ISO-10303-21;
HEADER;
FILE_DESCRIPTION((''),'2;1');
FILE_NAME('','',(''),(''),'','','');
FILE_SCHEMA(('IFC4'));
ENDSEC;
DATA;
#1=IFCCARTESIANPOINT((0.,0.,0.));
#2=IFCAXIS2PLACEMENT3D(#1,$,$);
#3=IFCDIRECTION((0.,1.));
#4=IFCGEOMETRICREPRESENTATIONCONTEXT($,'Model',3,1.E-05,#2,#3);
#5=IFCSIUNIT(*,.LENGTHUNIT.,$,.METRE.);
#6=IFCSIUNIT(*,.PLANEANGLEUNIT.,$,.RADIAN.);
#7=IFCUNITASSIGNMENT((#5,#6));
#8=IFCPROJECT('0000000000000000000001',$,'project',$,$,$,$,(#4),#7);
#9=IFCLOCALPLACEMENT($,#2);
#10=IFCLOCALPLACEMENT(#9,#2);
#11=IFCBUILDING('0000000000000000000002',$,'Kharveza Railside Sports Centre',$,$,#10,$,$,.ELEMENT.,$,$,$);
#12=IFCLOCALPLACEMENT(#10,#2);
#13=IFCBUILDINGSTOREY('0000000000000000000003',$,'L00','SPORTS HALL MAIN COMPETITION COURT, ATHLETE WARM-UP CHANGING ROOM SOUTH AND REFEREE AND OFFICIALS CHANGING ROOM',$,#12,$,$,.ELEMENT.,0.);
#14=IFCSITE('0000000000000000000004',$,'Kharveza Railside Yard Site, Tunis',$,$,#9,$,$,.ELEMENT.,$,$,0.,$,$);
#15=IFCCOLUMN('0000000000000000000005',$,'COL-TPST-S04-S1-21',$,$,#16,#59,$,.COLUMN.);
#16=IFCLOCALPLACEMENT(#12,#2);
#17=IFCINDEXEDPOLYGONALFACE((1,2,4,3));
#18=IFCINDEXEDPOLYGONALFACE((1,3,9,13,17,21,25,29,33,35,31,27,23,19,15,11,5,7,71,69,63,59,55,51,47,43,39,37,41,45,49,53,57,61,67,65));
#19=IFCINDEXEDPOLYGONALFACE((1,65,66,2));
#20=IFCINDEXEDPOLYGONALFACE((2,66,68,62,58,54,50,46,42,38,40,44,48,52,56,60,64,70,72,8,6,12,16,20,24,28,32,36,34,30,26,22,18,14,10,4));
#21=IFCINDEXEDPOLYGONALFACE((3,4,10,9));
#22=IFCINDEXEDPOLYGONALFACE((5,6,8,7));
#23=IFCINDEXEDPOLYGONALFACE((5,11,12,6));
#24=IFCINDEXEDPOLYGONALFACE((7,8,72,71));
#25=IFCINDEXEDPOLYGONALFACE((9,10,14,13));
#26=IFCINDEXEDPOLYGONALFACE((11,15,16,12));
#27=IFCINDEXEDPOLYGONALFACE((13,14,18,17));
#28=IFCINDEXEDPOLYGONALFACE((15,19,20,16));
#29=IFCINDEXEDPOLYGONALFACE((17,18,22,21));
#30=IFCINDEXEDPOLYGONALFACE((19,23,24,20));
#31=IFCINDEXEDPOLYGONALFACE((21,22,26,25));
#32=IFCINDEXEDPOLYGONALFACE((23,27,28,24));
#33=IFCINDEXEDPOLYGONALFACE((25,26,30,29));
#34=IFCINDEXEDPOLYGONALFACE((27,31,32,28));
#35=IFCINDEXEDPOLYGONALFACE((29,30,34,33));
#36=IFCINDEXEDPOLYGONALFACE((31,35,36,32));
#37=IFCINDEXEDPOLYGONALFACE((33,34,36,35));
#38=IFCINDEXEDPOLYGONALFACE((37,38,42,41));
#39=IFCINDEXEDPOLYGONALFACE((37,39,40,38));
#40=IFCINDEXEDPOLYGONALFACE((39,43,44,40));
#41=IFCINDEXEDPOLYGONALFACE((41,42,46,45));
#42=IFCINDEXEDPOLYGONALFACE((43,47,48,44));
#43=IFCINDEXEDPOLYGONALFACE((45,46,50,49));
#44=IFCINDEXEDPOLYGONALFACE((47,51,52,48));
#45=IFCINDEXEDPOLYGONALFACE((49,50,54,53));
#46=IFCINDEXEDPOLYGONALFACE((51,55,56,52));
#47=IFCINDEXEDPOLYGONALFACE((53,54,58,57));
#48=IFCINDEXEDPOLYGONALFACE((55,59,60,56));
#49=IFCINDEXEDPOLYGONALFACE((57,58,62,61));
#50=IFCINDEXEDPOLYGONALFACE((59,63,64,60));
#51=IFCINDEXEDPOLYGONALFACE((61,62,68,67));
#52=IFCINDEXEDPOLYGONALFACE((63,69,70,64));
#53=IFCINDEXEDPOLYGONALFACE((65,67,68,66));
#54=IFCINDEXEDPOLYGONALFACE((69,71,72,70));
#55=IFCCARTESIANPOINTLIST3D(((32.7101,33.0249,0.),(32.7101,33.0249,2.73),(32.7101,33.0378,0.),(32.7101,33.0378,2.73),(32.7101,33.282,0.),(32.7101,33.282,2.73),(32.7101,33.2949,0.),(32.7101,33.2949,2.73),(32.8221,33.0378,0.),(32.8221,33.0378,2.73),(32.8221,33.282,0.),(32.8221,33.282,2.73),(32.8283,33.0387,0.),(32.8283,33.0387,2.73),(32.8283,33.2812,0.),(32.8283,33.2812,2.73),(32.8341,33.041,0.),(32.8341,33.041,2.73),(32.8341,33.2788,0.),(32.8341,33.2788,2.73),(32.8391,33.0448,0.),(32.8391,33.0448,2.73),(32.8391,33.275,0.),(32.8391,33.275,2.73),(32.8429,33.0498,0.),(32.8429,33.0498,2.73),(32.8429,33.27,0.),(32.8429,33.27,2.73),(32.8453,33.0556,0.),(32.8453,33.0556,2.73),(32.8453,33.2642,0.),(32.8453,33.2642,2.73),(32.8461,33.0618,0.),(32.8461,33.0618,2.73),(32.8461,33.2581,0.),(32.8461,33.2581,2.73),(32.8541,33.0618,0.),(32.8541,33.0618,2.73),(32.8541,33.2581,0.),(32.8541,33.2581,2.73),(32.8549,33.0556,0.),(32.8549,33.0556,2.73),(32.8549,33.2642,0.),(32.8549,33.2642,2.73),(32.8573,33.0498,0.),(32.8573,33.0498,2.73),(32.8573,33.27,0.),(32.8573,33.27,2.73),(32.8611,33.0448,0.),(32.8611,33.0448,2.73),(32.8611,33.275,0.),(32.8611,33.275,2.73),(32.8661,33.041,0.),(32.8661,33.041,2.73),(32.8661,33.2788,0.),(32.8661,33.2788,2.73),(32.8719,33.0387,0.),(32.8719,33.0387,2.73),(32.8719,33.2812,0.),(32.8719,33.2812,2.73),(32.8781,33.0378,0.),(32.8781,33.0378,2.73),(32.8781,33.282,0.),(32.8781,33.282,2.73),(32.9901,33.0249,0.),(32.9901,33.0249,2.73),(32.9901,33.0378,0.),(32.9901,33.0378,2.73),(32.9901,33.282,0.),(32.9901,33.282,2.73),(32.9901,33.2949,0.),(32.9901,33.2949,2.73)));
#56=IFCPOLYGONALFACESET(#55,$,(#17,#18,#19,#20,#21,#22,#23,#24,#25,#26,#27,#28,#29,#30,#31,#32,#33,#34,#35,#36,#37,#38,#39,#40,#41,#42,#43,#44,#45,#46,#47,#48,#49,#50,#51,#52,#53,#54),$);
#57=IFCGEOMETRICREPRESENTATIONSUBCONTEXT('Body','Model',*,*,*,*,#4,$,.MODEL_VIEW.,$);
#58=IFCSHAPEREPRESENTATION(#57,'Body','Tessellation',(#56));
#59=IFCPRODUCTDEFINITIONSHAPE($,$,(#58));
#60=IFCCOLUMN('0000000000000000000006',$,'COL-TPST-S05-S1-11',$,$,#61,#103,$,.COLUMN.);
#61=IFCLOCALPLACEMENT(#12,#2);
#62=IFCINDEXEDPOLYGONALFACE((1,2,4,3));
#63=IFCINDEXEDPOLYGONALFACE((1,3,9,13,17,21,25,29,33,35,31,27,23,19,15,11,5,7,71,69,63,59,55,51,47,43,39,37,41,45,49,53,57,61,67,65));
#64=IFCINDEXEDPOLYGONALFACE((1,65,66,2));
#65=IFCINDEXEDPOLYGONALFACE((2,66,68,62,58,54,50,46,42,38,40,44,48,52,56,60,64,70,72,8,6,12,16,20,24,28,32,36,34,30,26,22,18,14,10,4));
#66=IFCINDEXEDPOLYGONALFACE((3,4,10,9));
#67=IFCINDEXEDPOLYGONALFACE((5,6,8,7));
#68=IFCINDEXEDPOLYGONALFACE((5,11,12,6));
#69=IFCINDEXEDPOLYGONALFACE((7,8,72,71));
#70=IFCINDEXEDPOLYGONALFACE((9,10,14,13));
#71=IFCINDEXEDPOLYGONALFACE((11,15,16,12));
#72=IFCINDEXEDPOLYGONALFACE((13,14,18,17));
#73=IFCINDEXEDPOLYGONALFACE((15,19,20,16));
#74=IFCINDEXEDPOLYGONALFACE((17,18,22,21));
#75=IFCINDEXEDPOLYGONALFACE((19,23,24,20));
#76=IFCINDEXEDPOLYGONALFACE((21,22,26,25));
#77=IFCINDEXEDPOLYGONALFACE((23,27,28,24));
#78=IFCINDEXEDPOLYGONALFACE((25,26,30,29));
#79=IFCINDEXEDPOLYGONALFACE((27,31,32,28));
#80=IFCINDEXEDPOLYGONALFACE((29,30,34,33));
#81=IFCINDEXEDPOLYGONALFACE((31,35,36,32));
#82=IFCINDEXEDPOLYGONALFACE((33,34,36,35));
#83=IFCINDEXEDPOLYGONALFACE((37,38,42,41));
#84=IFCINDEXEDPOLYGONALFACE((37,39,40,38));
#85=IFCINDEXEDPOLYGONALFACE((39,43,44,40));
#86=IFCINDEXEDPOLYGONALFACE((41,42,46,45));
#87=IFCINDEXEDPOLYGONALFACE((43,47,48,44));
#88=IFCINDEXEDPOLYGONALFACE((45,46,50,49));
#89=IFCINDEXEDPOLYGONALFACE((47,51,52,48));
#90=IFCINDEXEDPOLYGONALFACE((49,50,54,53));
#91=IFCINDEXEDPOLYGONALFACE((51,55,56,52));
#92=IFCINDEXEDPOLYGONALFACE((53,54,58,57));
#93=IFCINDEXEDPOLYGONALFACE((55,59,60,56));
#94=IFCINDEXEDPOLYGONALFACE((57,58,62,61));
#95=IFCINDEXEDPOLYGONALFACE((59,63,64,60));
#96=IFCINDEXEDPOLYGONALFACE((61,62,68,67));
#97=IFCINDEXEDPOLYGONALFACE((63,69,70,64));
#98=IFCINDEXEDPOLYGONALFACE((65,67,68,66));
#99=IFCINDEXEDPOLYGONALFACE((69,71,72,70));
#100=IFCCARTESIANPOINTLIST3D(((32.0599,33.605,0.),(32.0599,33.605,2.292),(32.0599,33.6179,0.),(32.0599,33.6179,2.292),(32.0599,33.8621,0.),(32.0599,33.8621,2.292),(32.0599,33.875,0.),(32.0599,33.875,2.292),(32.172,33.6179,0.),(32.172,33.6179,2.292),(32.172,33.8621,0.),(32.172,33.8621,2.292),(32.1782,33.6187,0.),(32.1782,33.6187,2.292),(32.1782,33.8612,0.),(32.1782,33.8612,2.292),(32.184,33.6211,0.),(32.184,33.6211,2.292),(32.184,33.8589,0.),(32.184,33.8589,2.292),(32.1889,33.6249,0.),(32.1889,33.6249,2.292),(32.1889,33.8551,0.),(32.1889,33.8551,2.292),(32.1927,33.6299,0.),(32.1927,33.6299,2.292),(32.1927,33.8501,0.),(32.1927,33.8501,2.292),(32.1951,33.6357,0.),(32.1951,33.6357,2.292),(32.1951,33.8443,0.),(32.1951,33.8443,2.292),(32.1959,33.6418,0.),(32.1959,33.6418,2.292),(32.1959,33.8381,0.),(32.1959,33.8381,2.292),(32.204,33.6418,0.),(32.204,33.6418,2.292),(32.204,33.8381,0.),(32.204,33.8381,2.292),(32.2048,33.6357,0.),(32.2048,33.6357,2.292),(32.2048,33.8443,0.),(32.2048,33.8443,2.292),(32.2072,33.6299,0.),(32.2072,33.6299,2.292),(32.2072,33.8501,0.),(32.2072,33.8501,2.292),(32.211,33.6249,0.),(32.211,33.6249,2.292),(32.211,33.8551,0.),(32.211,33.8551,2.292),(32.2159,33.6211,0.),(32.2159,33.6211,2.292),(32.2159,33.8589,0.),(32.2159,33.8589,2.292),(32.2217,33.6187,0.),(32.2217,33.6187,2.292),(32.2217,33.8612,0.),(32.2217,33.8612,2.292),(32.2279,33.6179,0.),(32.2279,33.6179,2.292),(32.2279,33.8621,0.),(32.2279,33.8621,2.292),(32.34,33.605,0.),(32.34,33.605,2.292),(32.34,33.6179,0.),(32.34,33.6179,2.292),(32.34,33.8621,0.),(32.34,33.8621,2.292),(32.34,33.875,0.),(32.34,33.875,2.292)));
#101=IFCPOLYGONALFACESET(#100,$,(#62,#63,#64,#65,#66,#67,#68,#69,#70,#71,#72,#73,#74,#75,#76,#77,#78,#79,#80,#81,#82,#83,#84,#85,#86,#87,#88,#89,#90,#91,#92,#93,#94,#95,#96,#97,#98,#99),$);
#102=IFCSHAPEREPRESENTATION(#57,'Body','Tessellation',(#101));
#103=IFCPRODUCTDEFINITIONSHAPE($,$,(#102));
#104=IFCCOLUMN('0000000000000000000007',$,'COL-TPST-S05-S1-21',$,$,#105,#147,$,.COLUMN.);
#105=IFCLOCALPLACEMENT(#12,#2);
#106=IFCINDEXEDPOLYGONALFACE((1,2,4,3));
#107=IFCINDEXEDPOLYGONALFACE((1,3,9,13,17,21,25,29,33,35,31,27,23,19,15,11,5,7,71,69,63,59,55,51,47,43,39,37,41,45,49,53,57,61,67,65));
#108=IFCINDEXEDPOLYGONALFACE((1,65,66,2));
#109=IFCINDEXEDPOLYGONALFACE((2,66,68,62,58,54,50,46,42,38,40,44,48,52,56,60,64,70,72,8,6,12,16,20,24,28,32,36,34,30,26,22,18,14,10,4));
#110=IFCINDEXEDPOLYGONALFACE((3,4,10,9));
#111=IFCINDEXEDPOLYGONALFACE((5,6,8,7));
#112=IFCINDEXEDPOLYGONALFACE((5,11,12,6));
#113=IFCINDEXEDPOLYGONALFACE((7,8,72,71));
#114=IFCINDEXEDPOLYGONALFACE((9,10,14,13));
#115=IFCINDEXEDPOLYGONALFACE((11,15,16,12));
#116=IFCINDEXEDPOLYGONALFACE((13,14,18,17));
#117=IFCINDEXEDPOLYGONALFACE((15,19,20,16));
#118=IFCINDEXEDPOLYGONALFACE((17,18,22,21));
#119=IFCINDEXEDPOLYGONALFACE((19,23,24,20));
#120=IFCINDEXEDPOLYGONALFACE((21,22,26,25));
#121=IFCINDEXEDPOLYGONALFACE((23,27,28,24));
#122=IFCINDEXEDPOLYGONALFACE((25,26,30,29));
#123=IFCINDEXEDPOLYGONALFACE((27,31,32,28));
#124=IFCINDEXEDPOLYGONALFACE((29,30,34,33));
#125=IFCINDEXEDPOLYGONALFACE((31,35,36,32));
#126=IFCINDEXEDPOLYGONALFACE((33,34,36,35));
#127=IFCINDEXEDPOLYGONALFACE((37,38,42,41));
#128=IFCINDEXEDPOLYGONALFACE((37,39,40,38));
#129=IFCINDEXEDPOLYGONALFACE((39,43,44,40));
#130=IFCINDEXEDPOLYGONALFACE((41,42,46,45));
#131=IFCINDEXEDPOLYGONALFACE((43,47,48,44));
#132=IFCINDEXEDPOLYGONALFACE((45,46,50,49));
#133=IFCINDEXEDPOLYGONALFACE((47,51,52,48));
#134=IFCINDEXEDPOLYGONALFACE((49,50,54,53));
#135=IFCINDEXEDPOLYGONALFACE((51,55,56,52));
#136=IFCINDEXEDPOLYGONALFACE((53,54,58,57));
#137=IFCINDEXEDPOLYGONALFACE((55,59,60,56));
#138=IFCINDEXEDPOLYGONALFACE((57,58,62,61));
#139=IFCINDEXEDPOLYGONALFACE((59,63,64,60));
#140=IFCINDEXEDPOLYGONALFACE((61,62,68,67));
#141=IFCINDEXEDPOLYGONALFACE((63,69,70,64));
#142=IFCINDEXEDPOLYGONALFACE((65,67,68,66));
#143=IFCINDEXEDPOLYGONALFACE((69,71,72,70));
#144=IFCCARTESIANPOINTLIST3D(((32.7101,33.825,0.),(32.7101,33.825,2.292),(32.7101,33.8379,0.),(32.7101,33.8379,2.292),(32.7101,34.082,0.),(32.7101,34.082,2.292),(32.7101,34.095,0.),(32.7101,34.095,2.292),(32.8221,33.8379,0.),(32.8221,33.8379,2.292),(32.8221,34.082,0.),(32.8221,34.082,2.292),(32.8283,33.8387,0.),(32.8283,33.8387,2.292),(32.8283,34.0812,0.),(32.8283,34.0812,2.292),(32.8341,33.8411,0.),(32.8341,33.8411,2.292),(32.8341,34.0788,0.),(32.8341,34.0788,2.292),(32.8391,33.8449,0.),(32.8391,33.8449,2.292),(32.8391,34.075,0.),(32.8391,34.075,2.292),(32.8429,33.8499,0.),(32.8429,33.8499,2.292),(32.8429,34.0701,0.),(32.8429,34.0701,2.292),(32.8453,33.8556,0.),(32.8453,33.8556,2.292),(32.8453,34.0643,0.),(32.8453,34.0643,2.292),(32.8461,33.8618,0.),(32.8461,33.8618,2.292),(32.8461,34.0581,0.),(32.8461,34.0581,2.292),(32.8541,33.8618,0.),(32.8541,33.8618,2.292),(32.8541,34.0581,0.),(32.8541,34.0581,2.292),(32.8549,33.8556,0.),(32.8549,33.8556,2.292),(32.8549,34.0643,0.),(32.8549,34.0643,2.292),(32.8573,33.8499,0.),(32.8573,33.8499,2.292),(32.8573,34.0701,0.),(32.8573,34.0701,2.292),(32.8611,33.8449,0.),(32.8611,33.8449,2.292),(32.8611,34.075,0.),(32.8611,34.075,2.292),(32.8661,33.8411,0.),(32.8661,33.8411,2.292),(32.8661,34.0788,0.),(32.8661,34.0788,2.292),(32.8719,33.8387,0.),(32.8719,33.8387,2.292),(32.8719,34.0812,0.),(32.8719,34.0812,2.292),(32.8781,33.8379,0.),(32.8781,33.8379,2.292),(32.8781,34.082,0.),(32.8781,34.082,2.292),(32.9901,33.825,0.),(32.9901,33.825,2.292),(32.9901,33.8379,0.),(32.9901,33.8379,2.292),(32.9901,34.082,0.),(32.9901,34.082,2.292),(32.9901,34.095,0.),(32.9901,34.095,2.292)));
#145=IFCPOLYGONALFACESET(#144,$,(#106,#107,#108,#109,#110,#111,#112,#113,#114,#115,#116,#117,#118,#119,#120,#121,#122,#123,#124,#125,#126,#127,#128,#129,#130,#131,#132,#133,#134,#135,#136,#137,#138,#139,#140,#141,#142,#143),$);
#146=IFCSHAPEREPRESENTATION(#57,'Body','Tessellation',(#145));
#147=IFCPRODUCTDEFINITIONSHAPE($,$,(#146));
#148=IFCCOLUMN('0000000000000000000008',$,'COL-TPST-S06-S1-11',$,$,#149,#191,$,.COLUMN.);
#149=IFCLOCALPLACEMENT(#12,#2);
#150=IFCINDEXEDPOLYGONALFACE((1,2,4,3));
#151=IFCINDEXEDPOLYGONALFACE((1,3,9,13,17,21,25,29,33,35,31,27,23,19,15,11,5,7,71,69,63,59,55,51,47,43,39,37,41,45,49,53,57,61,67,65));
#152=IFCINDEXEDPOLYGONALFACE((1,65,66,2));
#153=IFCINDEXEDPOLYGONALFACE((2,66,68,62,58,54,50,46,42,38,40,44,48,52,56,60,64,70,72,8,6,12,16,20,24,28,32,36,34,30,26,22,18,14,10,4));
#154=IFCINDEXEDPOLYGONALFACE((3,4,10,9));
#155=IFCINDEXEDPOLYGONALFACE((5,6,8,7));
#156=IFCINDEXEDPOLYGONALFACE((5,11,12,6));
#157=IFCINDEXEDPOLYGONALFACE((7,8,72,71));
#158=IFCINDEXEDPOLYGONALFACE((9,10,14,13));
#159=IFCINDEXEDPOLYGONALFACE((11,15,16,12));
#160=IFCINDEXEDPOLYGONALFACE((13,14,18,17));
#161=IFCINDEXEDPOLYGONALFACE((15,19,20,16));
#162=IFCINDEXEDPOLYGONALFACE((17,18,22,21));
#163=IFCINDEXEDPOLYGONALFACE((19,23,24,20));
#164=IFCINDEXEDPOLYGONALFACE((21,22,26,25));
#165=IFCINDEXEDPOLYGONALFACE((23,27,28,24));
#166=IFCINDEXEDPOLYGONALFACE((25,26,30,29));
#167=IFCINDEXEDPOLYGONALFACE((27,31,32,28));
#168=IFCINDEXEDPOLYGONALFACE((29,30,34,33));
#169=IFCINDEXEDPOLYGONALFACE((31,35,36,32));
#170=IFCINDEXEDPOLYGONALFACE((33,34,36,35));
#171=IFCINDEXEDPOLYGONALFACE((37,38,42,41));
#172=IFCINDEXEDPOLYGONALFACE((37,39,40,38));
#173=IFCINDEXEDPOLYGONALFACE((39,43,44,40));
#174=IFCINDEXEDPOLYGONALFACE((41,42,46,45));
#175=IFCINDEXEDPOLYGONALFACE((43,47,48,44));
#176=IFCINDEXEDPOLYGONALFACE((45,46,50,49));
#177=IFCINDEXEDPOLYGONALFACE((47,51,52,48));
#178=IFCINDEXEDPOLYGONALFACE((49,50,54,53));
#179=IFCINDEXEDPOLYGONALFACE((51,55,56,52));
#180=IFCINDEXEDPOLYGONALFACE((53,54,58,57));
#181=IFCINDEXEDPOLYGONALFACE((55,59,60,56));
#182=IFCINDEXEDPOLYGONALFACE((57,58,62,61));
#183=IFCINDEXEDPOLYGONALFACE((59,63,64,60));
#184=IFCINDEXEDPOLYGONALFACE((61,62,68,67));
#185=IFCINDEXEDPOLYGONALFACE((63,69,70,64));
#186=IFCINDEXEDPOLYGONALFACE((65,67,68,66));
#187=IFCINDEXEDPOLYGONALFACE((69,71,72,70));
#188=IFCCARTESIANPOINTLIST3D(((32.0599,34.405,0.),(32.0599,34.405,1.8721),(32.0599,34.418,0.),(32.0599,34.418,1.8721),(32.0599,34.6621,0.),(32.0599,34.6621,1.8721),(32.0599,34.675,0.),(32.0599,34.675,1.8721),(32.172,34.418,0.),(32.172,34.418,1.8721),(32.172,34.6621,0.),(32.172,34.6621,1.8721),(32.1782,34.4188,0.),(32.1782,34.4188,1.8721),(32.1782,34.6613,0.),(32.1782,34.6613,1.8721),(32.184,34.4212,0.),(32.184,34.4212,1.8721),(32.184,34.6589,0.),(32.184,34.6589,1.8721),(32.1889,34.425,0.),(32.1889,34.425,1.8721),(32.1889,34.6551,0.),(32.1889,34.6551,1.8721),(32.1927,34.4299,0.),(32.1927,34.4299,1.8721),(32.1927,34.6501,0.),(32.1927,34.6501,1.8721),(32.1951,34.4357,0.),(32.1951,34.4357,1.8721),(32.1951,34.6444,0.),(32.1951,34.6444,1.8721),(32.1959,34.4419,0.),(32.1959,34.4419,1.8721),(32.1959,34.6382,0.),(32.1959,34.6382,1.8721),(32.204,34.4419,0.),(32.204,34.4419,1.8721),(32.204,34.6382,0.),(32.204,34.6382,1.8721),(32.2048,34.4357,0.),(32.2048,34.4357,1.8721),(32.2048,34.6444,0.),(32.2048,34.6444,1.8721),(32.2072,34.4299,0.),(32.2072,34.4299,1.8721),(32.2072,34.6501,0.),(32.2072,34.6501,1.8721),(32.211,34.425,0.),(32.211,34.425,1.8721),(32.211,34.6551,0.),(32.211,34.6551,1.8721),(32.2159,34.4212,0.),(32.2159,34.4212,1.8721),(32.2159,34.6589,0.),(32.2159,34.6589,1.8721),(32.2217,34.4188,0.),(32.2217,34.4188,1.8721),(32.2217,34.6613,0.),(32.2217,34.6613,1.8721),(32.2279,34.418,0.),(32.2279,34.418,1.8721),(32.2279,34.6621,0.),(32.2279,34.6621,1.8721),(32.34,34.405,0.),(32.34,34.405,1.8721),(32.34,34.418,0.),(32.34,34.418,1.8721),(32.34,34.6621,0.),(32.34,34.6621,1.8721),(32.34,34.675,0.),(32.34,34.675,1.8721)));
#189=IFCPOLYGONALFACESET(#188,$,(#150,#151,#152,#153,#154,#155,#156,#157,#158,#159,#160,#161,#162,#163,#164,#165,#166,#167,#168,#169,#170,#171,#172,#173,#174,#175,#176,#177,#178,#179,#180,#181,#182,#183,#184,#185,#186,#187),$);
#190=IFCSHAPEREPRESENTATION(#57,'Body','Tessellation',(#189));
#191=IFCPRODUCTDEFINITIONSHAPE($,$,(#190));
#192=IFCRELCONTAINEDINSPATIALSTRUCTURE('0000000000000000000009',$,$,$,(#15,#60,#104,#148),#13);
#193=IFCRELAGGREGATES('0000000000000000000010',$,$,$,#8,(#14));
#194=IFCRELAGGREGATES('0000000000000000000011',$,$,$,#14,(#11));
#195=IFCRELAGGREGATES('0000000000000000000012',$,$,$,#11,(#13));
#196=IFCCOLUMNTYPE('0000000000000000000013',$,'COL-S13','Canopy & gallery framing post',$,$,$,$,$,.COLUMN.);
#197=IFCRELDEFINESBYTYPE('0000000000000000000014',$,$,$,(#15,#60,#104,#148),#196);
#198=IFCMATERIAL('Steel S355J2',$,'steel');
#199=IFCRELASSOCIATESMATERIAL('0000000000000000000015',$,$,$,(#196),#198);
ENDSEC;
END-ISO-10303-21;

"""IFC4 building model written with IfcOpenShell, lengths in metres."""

from ifc_helpers import new_model, si_unit, direction, frame, origin, origin_2d, place, context, subcontext, project, spatial, i_section, extrude, material, material_profile, profile_set, type_object, element, save


model = new_model("IFC4")

# Units and contexts
model_context = context("Model", 3, precision=1e-05, world=origin(), true_north=direction((0.0, 1.0)))
body_context = subcontext(model_context, "Body", "Model", "MODEL_VIEW")
ifc_project = project(units=[si_unit("LENGTHUNIT", "METRE"), si_unit("PLANEANGLEUNIT", "RADIAN")], contexts=[model_context])

# Site, building, storey
site_placement = place(None, origin())
site = spatial("IfcSite", under=ifc_project, at=site_placement, Name="Kharveza Railside Yard Site, Tunis", CompositionType="ELEMENT", RefElevation=0.0)
building_placement = place(site_placement, origin())
building = spatial("IfcBuilding", under=site, at=building_placement, Name="Kharveza Railside Sports Centre", CompositionType="ELEMENT")
storey_placement = place(building_placement, origin())
storey = spatial("IfcBuildingStorey", under=building, at=storey_placement, Name="L00", Description="SPORTS HALL MAIN COMPETITION COURT, ATHLETE WARM-UP CHANGING ROOM SOUTH AND REFEREE AND OFFICIALS CHANGING ROOM", CompositionType="ELEMENT", Elevation=0.0)

# Columns
ifc_material_1 = material(Name="Steel S355J2", Category="steel")
ifc_material_profile_1 = material_profile(ifc_material_1, i_section(OverallWidth=0.28, OverallDepth=0.27, WebThickness=0.0081, FlangeThickness=0.0129, FilletRadius=0.0239, at=origin_2d()), Name="HEA 280")
ifc_profile_set_1 = profile_set([ifc_material_profile_1], Name="Steel S355J2")
column_type_1 = type_object("IfcColumnType", Name="COL-S13", Description="Canopy & gallery framing post", PredefinedType="COLUMN", material=ifc_profile_set_1)
column_1_placement = place(storey_placement, frame((32.8501, 33.1599, 0.0), z_axis=(0.0, 0.0, 1.0), x_axis=(1.0, 0.0, 0.0)))
element("IfcColumn", 1, at=column_1_placement, inside=storey, type_object=column_type_1, Name="COL-TPST-S04-S1-21", PredefinedType="COLUMN", context=body_context, shape_type="SweptSolid", body=[
    extrude(i_section(OverallWidth=0.28, OverallDepth=0.27, WebThickness=0.0081, FlangeThickness=0.0129, FilletRadius=0.0239, at=origin_2d()), origin(), (0.0, 0.0, 1.0), 2.73),
])
for number, where, z_axis, x_axis, name in (
    (2, (32.2, 33.74, 0.0), (0.0, 0.0, 1.0), (1.0, 0.0, 0.0), "COL-TPST-S05-S1-11"),
    (3, (32.8501, 33.96, 0.0), (0.0, 0.0, 1.0), (1.0, 0.0, 0.0), "COL-TPST-S05-S1-21"),
):
    element("IfcColumn", number, at=place(storey_placement, frame(where, z_axis=z_axis, x_axis=x_axis)), inside=storey, type_object=column_type_1, Name=name, PredefinedType="COLUMN", context=body_context, shape_type="SweptSolid", body=[
        extrude(i_section(OverallWidth=0.28, OverallDepth=0.27, WebThickness=0.0081, FlangeThickness=0.0129, FilletRadius=0.0239, at=origin_2d()), origin(), (0.0, 0.0, 1.0), 2.292),
    ])
for number, where, z_axis, x_axis, name in (
    (4, (32.2, 34.54, 0.0), (0.0, 0.0, 1.0), (1.0, 0.0, 0.0), "COL-TPST-S06-S1-11"),
):
    element("IfcColumn", number, at=place(storey_placement, frame(where, z_axis=z_axis, x_axis=x_axis)), inside=storey, type_object=column_type_1, Name=name, PredefinedType="COLUMN", context=body_context, shape_type="SweptSolid", body=[
        extrude(i_section(OverallWidth=0.28, OverallDepth=0.27, WebThickness=0.0081, FlangeThickness=0.0129, FilletRadius=0.0239, at=origin_2d()), origin(), (0.0, 0.0, 1.0), 1.8721),
    ])

save(model, "model.ifc")
